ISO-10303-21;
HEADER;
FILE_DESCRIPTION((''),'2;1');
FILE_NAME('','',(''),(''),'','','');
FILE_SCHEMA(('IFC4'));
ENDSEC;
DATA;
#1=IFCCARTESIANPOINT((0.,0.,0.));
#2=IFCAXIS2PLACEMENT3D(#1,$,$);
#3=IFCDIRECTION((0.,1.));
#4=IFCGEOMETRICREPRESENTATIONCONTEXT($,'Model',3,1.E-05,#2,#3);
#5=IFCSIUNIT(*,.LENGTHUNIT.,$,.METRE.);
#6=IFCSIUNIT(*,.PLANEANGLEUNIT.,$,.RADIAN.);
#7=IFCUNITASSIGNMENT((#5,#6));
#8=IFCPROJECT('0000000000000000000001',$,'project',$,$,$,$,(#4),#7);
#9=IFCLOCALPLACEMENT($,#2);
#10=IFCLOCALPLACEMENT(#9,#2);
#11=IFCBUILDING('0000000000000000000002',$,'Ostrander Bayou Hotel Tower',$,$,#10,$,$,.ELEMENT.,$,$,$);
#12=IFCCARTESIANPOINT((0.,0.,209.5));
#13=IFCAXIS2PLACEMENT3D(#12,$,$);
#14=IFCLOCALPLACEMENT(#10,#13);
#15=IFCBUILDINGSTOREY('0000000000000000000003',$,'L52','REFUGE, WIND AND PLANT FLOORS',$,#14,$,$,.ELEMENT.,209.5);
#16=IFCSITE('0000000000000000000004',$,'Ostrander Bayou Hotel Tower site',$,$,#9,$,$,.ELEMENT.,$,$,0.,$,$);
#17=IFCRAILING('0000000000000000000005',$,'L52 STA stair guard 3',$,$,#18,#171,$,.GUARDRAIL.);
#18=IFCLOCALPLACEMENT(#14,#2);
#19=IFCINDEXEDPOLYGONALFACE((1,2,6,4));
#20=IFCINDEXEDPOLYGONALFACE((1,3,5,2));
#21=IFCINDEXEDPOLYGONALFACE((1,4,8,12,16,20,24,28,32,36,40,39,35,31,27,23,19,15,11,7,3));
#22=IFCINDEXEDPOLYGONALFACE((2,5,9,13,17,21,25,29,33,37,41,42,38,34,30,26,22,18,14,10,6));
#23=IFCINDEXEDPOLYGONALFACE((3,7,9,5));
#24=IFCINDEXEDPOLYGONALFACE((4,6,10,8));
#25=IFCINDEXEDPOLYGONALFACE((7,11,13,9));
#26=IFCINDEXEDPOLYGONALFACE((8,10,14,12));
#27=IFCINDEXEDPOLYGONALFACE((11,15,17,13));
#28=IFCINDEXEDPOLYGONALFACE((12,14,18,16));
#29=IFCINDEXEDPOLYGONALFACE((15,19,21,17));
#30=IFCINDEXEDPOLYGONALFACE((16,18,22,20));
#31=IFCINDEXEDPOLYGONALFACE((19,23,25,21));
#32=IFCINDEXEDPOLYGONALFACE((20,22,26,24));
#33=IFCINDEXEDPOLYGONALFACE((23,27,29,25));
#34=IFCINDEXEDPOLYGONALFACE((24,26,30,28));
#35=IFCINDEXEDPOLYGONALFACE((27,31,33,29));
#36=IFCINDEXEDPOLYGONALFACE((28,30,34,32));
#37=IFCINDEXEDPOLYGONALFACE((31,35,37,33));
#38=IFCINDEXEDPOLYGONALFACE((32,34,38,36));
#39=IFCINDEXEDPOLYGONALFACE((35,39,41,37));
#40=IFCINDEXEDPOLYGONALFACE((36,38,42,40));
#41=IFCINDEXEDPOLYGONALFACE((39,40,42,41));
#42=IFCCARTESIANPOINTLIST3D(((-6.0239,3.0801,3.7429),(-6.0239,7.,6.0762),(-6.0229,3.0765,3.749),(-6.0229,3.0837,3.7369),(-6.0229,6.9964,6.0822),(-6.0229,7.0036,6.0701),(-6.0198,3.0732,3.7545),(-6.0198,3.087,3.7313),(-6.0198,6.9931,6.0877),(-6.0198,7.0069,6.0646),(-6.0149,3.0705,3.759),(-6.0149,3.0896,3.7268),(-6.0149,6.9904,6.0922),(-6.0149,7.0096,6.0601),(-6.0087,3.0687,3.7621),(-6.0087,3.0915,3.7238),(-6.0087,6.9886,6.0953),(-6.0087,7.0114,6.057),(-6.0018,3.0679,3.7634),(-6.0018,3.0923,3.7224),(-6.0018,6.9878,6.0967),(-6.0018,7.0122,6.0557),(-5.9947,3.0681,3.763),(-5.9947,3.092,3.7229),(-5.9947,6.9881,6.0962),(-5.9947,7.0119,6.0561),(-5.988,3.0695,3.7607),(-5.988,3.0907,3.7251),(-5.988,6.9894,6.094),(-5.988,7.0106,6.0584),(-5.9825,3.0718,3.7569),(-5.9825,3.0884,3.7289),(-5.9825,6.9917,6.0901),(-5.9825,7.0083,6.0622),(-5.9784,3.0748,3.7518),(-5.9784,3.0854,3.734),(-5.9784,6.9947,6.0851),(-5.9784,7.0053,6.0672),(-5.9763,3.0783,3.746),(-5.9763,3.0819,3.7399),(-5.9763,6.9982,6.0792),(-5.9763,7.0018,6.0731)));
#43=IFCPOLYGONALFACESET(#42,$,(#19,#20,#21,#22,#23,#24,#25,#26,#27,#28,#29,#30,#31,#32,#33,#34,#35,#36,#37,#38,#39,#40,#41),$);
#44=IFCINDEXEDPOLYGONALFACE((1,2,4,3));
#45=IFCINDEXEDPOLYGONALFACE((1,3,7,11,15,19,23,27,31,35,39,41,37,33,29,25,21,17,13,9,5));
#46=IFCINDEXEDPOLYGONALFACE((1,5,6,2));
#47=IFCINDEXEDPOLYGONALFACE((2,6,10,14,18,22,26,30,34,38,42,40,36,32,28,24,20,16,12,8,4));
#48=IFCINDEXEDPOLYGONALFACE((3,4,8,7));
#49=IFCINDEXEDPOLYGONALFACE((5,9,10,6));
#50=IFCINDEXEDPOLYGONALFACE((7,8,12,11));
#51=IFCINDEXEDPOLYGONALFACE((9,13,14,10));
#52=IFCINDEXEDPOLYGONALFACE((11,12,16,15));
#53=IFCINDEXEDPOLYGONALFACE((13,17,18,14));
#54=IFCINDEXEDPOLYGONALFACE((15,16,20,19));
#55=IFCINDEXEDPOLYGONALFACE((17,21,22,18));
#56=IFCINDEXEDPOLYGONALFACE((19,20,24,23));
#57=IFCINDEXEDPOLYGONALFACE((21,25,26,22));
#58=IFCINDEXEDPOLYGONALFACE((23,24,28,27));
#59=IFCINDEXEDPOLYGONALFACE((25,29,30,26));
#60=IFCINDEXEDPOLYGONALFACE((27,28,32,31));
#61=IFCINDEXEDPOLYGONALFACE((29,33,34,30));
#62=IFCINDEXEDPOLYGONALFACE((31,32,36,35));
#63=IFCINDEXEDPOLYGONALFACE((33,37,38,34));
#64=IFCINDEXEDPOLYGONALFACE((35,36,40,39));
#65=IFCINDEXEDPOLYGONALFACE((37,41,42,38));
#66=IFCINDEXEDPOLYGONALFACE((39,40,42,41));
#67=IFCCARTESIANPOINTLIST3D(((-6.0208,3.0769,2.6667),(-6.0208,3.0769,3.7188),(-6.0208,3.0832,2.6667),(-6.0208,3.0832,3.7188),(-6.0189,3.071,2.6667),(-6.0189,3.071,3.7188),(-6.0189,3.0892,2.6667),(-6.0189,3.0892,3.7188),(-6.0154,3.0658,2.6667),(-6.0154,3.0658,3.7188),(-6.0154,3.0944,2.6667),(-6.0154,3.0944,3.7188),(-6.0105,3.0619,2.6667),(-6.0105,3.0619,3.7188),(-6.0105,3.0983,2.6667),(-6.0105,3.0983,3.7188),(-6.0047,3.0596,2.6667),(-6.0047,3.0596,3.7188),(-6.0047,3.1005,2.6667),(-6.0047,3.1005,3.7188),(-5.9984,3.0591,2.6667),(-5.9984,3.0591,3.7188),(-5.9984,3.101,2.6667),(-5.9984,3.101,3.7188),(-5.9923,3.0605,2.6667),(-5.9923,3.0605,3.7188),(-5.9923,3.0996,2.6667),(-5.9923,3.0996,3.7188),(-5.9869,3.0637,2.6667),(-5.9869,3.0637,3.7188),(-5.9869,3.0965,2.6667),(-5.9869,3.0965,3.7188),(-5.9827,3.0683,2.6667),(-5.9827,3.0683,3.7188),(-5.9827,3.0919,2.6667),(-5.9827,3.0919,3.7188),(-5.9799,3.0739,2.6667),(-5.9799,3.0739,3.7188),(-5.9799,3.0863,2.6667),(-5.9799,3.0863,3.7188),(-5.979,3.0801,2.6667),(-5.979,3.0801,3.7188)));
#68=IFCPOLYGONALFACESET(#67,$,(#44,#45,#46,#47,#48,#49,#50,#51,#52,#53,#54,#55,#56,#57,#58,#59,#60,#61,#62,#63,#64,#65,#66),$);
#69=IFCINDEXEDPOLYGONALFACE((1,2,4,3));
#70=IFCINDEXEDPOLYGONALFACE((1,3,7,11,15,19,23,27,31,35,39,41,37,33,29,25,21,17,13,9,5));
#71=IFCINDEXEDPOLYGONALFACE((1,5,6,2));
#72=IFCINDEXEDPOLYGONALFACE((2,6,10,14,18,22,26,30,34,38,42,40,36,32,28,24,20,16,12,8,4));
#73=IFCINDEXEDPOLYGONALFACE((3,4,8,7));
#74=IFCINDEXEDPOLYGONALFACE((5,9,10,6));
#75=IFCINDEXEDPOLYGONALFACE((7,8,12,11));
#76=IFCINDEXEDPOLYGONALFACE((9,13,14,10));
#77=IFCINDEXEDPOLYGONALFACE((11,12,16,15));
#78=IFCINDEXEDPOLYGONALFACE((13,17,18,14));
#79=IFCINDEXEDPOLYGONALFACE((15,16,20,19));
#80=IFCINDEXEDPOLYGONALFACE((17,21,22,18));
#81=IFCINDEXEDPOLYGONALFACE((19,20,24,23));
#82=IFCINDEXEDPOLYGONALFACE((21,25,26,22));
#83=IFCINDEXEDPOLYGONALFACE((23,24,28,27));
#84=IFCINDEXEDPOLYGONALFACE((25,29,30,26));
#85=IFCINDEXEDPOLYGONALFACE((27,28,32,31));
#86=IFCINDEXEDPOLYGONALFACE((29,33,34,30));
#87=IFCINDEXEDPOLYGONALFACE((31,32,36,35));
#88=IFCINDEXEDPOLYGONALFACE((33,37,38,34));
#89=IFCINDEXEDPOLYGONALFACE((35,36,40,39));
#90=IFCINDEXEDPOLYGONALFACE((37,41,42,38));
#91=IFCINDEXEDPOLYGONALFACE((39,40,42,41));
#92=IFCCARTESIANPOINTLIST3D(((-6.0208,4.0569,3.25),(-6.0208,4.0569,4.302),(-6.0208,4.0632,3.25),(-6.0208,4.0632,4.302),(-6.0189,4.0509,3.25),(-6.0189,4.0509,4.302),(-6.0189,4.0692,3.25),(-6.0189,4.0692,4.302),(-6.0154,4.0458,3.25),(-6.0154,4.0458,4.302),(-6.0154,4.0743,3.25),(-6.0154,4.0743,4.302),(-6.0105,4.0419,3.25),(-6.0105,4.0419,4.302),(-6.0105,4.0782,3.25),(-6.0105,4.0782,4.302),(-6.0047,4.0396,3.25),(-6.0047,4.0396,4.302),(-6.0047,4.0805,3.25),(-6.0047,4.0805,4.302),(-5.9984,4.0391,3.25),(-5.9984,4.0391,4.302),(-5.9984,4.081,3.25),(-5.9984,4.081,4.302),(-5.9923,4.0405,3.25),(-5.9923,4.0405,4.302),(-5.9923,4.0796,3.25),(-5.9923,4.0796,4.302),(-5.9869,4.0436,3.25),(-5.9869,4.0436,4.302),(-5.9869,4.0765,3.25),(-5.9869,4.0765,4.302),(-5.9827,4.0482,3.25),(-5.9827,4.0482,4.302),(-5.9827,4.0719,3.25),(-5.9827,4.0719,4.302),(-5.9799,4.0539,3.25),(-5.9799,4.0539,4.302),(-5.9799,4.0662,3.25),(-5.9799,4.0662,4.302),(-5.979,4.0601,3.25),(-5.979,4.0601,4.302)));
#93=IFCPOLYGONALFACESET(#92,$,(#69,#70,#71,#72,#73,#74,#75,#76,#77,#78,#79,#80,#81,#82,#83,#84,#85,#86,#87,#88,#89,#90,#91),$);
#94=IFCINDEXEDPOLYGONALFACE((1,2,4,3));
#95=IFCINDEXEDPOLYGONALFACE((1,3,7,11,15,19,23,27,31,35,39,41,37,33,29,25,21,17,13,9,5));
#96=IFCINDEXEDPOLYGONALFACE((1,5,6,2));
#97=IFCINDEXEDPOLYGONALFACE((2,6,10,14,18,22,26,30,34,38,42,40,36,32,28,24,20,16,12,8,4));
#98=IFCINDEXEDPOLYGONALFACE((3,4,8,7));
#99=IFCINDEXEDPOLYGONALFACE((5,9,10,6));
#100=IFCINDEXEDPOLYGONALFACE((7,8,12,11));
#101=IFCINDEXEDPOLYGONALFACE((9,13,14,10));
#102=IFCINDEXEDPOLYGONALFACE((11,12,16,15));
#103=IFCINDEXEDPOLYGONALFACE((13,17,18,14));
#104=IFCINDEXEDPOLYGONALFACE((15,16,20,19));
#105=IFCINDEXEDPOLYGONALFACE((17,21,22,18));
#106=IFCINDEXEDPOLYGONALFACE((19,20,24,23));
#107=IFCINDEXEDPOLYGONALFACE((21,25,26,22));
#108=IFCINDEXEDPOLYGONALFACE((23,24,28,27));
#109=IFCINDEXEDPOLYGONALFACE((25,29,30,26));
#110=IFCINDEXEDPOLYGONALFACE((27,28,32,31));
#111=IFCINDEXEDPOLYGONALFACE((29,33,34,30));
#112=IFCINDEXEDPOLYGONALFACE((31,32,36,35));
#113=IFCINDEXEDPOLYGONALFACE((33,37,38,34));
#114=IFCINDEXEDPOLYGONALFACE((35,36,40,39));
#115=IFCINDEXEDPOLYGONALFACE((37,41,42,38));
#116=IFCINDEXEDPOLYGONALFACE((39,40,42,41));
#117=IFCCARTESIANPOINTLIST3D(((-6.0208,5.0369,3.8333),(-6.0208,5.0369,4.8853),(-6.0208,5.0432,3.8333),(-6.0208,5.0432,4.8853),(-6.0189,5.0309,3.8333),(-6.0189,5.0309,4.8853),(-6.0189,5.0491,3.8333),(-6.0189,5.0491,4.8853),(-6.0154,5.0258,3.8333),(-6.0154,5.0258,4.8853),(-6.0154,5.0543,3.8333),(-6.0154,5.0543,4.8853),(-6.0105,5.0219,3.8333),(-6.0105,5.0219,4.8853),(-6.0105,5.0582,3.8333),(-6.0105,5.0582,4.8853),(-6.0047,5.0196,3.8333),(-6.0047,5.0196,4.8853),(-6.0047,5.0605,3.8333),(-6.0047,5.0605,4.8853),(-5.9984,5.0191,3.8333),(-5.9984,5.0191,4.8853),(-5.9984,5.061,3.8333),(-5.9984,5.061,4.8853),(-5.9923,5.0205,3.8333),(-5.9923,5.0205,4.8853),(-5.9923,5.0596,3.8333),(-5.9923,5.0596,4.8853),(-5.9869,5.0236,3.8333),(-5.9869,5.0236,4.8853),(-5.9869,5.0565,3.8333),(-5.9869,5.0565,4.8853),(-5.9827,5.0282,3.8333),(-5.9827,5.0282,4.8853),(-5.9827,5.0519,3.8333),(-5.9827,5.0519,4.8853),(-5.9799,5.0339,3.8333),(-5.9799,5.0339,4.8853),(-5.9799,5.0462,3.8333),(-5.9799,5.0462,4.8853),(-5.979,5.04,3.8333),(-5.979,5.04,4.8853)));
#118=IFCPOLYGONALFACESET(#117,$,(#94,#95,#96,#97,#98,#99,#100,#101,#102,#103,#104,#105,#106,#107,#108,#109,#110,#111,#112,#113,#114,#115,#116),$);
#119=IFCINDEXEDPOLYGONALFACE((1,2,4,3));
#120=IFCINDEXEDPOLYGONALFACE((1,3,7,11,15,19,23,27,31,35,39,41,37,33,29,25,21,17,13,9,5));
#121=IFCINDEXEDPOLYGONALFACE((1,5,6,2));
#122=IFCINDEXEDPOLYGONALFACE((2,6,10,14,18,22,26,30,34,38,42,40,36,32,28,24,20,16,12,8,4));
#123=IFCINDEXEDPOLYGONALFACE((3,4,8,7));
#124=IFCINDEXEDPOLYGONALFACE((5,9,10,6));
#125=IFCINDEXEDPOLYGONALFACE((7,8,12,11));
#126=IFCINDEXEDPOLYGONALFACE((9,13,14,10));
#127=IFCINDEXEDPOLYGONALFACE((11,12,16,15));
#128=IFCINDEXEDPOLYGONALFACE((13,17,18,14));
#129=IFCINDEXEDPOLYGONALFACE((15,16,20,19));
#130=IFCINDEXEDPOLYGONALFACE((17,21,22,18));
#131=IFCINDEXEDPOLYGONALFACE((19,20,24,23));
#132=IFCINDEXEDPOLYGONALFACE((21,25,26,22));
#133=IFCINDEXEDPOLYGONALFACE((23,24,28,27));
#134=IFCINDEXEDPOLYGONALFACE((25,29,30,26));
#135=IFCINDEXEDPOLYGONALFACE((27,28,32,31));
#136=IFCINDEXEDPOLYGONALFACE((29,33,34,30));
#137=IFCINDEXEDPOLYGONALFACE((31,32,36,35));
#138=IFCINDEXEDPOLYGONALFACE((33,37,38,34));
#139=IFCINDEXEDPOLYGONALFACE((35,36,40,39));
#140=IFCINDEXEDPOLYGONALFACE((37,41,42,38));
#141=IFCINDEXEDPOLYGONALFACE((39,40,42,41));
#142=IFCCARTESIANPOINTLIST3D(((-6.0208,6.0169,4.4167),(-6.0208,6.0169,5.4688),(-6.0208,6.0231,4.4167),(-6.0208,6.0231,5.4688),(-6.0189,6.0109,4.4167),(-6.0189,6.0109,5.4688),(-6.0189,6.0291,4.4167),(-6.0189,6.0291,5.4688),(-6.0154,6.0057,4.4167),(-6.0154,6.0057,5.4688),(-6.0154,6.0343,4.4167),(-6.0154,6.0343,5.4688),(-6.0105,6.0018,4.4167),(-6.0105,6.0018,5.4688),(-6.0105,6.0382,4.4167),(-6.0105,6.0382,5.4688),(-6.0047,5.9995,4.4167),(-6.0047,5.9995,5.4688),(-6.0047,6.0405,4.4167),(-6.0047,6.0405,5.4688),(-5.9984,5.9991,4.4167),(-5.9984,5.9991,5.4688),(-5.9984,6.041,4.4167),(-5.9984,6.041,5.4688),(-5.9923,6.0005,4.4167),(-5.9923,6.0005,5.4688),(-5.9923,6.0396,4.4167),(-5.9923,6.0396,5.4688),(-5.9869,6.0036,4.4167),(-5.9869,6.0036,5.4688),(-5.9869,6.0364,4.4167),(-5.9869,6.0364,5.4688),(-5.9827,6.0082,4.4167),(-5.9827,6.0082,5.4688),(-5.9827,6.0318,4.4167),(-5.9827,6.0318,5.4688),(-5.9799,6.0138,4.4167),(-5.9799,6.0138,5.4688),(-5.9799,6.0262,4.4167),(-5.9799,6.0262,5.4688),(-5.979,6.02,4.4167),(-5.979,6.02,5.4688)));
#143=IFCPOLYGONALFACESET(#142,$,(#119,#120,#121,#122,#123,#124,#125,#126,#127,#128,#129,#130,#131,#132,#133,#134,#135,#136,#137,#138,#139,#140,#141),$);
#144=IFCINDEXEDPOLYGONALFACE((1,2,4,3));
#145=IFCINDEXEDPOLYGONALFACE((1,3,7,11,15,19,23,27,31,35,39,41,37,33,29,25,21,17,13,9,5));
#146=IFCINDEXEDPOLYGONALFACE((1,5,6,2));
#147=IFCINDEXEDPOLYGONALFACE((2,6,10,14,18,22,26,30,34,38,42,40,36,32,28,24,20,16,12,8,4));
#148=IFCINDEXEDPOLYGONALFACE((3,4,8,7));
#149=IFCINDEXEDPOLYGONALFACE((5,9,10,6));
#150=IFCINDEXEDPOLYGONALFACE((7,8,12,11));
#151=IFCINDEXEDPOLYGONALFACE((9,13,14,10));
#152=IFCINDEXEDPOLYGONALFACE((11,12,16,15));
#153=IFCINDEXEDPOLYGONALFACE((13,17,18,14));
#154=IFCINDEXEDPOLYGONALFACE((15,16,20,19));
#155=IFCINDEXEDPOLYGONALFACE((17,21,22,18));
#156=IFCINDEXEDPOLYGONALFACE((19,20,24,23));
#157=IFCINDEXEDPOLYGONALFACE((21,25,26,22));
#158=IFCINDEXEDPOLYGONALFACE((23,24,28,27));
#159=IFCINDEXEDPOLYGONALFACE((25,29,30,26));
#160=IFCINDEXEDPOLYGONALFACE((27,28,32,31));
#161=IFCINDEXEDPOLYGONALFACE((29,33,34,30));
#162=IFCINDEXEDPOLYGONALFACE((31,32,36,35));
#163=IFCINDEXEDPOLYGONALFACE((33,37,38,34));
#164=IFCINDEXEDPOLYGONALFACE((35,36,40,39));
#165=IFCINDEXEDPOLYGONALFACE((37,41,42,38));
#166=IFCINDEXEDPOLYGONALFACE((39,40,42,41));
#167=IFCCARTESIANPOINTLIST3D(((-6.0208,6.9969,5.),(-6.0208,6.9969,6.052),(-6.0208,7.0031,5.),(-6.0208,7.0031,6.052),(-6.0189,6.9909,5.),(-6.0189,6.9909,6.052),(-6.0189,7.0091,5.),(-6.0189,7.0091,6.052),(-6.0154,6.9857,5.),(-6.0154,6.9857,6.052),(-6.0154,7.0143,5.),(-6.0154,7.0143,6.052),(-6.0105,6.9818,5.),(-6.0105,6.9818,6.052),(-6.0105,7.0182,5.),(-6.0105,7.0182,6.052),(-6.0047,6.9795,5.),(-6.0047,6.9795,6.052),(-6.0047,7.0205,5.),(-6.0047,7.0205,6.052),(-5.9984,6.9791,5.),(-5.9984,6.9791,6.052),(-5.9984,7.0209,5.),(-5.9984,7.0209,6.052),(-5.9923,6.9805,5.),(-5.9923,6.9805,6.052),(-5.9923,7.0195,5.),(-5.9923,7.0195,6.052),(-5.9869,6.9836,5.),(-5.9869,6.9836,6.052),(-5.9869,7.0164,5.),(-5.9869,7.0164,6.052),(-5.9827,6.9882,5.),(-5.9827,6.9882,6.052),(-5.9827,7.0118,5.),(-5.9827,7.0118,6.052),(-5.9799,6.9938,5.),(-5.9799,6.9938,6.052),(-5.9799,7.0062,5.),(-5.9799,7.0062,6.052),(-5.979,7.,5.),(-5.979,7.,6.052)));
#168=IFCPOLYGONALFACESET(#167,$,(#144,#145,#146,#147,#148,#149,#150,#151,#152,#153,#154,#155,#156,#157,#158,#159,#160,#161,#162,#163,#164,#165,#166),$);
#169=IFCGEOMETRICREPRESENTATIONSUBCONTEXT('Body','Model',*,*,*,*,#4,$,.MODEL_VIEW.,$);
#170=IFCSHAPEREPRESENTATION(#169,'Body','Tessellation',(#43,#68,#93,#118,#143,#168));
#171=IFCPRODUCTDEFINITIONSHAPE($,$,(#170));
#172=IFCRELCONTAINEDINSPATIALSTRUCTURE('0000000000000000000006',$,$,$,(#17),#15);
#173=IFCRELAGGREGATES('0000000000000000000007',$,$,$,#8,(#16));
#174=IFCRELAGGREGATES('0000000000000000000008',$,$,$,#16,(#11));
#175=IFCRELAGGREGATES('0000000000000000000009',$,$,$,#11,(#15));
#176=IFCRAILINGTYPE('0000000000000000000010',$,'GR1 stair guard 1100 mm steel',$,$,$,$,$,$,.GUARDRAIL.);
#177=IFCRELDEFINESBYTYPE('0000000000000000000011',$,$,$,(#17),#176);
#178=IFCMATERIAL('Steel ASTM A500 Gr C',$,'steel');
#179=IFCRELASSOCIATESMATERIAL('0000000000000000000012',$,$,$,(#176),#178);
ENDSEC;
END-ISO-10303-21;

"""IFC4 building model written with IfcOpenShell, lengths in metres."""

from ifc_helpers import new_model, si_unit, direction, frame, origin, origin_2d, place, context, subcontext, project, spatial, circle, extrude, material, type_object, element, save


model = new_model("IFC4")

# Units and contexts
model_context = context("Model", 3, precision=1e-05, world=origin(), true_north=direction((0.0, 1.0)))
body_context = subcontext(model_context, "Body", "Model", "MODEL_VIEW")
ifc_project = project(units=[si_unit("LENGTHUNIT", "METRE"), si_unit("PLANEANGLEUNIT", "RADIAN")], contexts=[model_context])

# Site, building, storey
site_placement = place(None, origin())
site = spatial("IfcSite", under=ifc_project, at=site_placement, Name="Ostrander Bayou Hotel Tower site", CompositionType="ELEMENT", RefElevation=0.0)
building_placement = place(site_placement, origin())
building = spatial("IfcBuilding", under=site, at=building_placement, Name="Ostrander Bayou Hotel Tower", CompositionType="ELEMENT")
storey_placement = place(building_placement, frame((0.0, 0.0, 209.5)))
storey = spatial("IfcBuildingStorey", under=building, at=storey_placement, Name="L52", Description="REFUGE, WIND AND PLANT FLOORS", CompositionType="ELEMENT", Elevation=209.5)

# Railing
ifc_material_1 = material(Name="Steel ASTM A500 Gr C", Category="steel")
railing_type_1 = type_object("IfcRailingType", Name="GR1 stair guard 1100 mm steel", PredefinedType="GUARDRAIL", material=ifc_material_1)
railing_1_placement = place(storey_placement, frame((-6.0, 3.0801, 2.6667)))
element("IfcRailing", 1, at=railing_1_placement, inside=storey, type_object=railing_type_1, Name="L52 STA stair guard 3", PredefinedType="GUARDRAIL", context=body_context, shape_type="SweptSolid", body=[
    extrude(circle(Radius=0.0239, at=origin_2d()), frame((0.0, 0.0, 1.0762), z_axis=(0.0, 0.859296, 0.511478), x_axis=(-1.0, 0.0, 0.0)), (0.0, 0.0, 1.0), 4.5618),
    extrude(circle(Radius=0.021, at=origin_2d()), origin(), (0.0, 0.0, 1.0), 1.052),
    extrude(circle(Radius=0.021, at=origin_2d()), frame((0.0, 0.98, 0.5833)), (0.0, 0.0, 1.0), 1.052),
    extrude(circle(Radius=0.021, at=origin_2d()), frame((0.0, 1.96, 1.1665)), (0.0, 0.0, 1.0), 1.052),
    extrude(circle(Radius=0.021, at=origin_2d()), frame((0.0, 2.9399, 1.75)), (0.0, 0.0, 1.0), 1.052),
    extrude(circle(Radius=0.021, at=origin_2d()), frame((0.0, 3.9199, 2.3333)), (0.0, 0.0, 1.0), 1.052),
])

save(model, "model.ifc")
